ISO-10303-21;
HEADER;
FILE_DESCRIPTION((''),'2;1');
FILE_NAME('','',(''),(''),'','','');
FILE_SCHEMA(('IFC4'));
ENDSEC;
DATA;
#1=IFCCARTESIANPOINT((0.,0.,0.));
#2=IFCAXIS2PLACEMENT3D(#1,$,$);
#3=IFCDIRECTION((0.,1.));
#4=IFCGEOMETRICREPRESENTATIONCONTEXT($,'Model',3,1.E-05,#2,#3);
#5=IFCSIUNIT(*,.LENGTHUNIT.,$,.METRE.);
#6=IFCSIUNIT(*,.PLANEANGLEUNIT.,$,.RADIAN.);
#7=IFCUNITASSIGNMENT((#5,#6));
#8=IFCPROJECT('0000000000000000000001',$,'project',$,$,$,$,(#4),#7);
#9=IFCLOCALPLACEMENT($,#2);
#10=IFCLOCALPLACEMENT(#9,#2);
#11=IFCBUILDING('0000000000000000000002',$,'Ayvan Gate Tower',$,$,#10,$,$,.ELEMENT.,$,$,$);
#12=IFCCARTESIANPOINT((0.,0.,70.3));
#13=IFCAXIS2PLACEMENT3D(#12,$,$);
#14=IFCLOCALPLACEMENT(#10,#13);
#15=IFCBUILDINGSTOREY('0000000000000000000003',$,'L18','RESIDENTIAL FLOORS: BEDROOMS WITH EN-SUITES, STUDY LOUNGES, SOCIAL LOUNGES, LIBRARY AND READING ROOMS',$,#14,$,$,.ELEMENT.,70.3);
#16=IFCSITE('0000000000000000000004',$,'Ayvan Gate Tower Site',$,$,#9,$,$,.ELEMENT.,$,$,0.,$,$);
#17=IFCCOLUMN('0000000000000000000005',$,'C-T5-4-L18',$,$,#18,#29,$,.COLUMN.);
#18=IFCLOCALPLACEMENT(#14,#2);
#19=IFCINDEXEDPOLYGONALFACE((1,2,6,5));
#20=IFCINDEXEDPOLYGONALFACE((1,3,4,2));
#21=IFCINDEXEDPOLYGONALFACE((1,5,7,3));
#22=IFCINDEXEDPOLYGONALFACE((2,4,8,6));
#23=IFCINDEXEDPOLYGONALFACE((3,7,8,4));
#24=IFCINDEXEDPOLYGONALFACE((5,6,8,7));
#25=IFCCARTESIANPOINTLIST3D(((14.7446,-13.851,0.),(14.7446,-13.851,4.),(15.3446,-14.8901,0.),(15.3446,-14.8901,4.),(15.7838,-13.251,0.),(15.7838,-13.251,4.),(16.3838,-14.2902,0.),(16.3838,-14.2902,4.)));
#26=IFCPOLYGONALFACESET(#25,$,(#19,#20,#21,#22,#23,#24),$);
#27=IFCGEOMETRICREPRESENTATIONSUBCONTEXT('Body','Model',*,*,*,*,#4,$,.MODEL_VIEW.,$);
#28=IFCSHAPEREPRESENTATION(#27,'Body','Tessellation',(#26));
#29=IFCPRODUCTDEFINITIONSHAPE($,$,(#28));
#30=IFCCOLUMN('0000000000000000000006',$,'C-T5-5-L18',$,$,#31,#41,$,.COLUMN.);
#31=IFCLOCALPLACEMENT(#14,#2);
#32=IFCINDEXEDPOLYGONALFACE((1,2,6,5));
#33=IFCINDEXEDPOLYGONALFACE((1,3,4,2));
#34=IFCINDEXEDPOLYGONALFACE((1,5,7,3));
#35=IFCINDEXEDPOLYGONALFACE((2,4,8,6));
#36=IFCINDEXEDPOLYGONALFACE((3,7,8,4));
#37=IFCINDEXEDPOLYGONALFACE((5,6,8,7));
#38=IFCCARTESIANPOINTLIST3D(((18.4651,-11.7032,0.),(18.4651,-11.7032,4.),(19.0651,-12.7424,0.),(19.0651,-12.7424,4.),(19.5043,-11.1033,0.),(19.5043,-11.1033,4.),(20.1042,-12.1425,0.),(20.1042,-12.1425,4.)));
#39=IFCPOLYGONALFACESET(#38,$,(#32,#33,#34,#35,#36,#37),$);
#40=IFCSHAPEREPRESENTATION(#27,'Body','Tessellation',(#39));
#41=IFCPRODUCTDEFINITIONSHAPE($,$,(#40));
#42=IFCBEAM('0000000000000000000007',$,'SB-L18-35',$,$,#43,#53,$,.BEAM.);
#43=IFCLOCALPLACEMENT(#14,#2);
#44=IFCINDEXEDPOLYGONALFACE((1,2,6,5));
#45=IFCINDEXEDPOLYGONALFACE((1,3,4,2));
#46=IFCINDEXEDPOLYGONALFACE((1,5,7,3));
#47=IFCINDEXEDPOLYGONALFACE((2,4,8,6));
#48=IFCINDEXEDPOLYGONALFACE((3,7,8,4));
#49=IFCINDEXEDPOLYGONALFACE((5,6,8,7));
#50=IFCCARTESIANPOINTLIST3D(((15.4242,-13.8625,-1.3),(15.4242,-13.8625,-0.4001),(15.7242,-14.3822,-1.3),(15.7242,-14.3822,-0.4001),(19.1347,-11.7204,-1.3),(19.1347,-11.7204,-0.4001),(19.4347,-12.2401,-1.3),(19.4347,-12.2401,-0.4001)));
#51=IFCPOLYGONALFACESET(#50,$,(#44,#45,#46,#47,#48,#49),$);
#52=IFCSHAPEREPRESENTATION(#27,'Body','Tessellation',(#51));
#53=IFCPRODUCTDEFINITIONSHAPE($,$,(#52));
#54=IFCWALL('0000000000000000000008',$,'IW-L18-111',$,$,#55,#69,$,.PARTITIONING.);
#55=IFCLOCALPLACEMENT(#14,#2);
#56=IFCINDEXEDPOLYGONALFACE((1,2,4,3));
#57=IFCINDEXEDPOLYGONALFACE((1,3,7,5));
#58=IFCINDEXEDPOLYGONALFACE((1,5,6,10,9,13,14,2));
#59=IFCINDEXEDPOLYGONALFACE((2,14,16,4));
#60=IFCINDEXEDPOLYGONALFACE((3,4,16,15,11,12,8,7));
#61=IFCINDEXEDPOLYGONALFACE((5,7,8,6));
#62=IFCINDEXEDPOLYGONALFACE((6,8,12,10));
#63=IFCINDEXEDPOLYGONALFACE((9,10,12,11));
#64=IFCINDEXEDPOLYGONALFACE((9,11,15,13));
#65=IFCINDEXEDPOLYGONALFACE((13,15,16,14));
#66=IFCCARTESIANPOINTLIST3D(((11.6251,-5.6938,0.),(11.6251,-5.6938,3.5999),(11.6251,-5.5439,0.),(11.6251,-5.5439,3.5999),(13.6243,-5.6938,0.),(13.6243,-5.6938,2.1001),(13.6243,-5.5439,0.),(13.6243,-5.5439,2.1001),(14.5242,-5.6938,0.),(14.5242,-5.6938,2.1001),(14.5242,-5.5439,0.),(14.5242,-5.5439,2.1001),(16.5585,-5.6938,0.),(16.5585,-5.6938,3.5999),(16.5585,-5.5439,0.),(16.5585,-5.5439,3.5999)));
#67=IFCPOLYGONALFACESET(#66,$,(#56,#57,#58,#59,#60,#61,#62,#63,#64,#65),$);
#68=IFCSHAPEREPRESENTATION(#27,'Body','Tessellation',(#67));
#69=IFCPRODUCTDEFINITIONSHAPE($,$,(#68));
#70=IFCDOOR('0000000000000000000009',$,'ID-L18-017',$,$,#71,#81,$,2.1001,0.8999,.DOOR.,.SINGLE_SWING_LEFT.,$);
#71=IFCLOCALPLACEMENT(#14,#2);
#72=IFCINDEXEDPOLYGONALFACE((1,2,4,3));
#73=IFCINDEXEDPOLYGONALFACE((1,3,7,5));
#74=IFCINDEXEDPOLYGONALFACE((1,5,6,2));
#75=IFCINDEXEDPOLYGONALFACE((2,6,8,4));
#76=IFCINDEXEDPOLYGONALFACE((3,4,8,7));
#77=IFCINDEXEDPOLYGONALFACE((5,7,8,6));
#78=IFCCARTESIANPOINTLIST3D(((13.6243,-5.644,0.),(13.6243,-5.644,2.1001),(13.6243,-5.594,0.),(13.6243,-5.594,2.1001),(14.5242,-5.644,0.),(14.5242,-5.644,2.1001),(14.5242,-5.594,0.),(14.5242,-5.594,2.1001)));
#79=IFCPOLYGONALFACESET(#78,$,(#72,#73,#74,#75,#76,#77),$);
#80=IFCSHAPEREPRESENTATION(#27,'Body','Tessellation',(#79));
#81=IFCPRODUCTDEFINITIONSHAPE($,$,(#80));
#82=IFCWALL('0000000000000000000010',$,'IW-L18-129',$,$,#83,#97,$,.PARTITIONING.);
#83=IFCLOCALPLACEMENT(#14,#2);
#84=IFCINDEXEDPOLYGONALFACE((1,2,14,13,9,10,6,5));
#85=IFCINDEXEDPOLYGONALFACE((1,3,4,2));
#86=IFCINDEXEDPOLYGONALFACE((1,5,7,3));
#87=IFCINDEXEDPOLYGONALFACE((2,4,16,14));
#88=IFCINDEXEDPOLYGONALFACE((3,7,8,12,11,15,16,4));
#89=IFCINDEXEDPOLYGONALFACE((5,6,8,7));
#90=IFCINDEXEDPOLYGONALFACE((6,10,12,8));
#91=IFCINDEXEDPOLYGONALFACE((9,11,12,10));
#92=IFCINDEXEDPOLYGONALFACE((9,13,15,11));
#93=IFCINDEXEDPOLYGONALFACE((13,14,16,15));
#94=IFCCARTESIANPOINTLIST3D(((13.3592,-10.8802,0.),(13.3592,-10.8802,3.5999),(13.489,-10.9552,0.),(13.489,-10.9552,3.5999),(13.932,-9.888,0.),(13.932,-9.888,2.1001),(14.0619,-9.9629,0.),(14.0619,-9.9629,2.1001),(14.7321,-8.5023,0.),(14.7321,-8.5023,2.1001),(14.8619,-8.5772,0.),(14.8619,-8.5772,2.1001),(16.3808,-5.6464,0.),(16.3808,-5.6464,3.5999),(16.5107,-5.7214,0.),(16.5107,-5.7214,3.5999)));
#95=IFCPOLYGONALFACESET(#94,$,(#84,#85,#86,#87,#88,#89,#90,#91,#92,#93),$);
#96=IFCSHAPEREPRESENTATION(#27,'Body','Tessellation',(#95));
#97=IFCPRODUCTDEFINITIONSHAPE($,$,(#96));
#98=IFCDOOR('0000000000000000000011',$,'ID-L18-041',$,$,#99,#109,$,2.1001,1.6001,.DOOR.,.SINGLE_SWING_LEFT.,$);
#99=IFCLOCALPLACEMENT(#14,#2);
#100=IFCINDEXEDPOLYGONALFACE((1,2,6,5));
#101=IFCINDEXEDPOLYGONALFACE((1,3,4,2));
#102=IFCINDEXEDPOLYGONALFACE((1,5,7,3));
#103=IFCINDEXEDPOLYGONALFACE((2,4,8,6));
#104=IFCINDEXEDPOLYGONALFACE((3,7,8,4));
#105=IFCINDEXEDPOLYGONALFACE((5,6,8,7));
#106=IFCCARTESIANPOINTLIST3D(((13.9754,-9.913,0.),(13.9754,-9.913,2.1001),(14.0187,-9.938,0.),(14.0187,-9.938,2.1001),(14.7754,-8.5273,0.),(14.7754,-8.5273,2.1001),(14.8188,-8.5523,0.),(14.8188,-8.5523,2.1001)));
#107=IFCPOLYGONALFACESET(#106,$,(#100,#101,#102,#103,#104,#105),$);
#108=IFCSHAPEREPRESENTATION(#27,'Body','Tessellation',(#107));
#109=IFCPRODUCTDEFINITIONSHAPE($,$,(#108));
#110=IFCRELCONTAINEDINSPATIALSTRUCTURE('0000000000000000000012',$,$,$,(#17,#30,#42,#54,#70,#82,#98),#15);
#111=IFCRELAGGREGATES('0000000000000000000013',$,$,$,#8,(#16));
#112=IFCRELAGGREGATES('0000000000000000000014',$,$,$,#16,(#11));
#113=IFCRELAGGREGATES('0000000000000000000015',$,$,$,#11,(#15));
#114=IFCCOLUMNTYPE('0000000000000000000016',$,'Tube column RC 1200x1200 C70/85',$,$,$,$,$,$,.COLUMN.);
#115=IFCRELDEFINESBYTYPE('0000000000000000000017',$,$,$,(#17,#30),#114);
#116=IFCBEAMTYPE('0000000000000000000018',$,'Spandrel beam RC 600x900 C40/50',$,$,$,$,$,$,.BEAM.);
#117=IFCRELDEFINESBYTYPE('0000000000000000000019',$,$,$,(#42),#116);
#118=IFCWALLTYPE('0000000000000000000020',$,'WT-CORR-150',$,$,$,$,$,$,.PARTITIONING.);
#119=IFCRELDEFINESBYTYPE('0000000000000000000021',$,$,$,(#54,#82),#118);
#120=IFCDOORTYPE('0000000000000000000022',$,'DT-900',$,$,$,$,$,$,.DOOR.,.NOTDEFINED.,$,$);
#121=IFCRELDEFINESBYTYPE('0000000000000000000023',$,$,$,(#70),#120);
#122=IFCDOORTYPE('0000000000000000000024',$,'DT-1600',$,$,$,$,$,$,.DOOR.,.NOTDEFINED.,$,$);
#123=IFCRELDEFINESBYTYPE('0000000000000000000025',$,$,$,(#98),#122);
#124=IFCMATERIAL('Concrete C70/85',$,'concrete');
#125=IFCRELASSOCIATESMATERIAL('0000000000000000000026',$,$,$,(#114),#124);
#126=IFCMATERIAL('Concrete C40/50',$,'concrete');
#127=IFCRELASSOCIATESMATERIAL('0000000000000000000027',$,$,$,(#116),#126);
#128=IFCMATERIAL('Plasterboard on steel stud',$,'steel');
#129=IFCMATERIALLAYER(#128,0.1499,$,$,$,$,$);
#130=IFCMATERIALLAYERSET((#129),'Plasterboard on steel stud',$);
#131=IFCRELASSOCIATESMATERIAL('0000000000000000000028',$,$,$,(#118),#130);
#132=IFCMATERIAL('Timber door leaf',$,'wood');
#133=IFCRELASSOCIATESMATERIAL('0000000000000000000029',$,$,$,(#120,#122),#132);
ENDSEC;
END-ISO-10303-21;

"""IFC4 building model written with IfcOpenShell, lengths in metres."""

from ifc_helpers import new_model, si_unit, direction, frame, frame_2d, origin, origin_2d, place, context, subcontext, project, spatial, rectangle, extrude, material, layer, layer_set, material_profile, profile_set, type_object, element, fill, save


model = new_model("IFC4")

# Units and contexts
model_context = context("Model", 3, precision=1e-05, world=origin(), true_north=direction((0.0, 1.0)))
body_context = subcontext(model_context, "Body", "Model", "MODEL_VIEW")
ifc_project = project(units=[si_unit("LENGTHUNIT", "METRE"), si_unit("PLANEANGLEUNIT", "RADIAN")], contexts=[model_context])

# Site, building, storey
site_placement = place(None, origin())
site = spatial("IfcSite", under=ifc_project, at=site_placement, Name="Ayvan Gate Tower Site", CompositionType="ELEMENT", RefElevation=0.0)
building_placement = place(site_placement, origin())
building = spatial("IfcBuilding", under=site, at=building_placement, Name="Ayvan Gate Tower", CompositionType="ELEMENT")
storey_placement = place(building_placement, frame((0.0, 0.0, 70.3)))
storey = spatial("IfcBuildingStorey", under=building, at=storey_placement, Name="L18", Description="RESIDENTIAL FLOORS: BEDROOMS WITH EN-SUITES, STUDY LOUNGES, SOCIAL LOUNGES, LIBRARY AND READING ROOMS", CompositionType="ELEMENT", Elevation=70.3)

# Columns
ifc_material_1 = material(Name="Concrete C70/85", Category="concrete")
ifc_material_profile_1 = material_profile(ifc_material_1, rectangle(XDim=1.2, YDim=1.2, at=origin_2d()), Name="RC 1200x1200")
ifc_profile_set_1 = profile_set([ifc_material_profile_1], Name="Concrete C70/85")
column_type = type_object("IfcColumnType", Name="Tube column RC 1200x1200 C70/85", PredefinedType="COLUMN", material=ifc_profile_set_1)
for number, where, z_axis, x_axis, name in (
    (1, (15.5642, -14.0706, 0.0), (0.0, 0.0, 1.0), (0.5, -0.866025, 0.0), "C-T5-4-L18"),
    (2, (19.2847, -11.9229, 0.0), (0.0, 0.0, 1.0), (0.5, -0.866025, 0.0), "C-T5-5-L18"),
):
    element("IfcColumn", number, at=place(storey_placement, frame(where, z_axis=z_axis, x_axis=x_axis)), inside=storey, type_object=column_type, Name=name, PredefinedType="COLUMN", context=body_context, shape_type="SweptSolid", body=[
        extrude(rectangle(XDim=1.2, YDim=1.2, at=origin_2d()), origin(), (0.0, 0.0, 1.0), 4.0),
    ])

# Beam
ifc_material_2 = material(Name="Concrete C40/50", Category="concrete")
ifc_material_profile_2 = material_profile(ifc_material_2, rectangle(XDim=0.6001, YDim=0.8999, at=origin_2d()), Name="RC 600x900")
ifc_profile_set_2 = profile_set([ifc_material_profile_2], Name="Concrete C40/50")
beam_type = type_object("IfcBeamType", Name="Spandrel beam RC 600x900 C40/50", PredefinedType="BEAM", material=ifc_profile_set_2)
beam_placement = place(storey_placement, frame((15.5742, -14.1223, -0.8501), z_axis=(0.866039, 0.499976, 0.0), x_axis=(-0.499976, 0.866039, 0.0)))
element("IfcBeam", 3, at=beam_placement, inside=storey, type_object=beam_type, Name="SB-L18-35", PredefinedType="BEAM", context=body_context, shape_type="SweptSolid", body=[
    extrude(rectangle(XDim=0.6001, YDim=0.8999, at=origin_2d()), origin(), (0.0, 0.0, 1.0), 4.2844),
])

# Walls, openings, doors
ifc_material_3 = material(Name="Plasterboard on steel stud", Category="steel")
ifc_layer_1 = layer(ifc_material_3, 0.1499)
ifc_layer_set_1 = layer_set([ifc_layer_1], Name="Plasterboard on steel stud")
wall_type_1 = type_object("IfcWallType", Name="WT-CORR-150", PredefinedType="PARTITIONING", material=ifc_layer_set_1)
wall_1_placement = place(storey_placement, frame((11.625, -5.6189, 0.0), z_axis=(0.0, 0.0, 1.0), x_axis=(1.0, 0.0, 0.0)))
wall_1 = element("IfcWall", 4, at=wall_1_placement, inside=storey, type_object=wall_type_1, Name="IW-L18-111", PredefinedType="PARTITIONING", context=body_context, shape_type="SweptSolid", body=[
    extrude(rectangle(XDim=4.9333, YDim=0.1499, at=frame_2d((2.4668, 0.0))), origin(), (0.0, 0.0, 1.0), 3.5999),
])
opening_1_placement = place(wall_1_placement, frame((1.9993, 0.0, 0.0)))
opening_1 = element("IfcOpeningElement", 5, at=opening_1_placement, cuts=wall_1, PredefinedType="OPENING", context=body_context, shape_type="SweptSolid", body=[
    extrude(rectangle(XDim=0.8999, YDim=2.1001, at=frame_2d((0.45, 1.05))), frame((0.0, 0.085, 0.0), z_axis=(0.0, -1.0, 0.0), x_axis=(1.0, 0.0, 0.0)), (0.0, 0.0, 1.0), 0.1699),
])
ifc_material_4 = material(Name="Timber door leaf", Category="wood")
door_type_1 = type_object("IfcDoorType", Name="DT-900", OperationType="NOTDEFINED", PredefinedType="DOOR", material=ifc_material_4)
door_1_placement = place(opening_1_placement, origin())
door_1 = element("IfcDoor", 6, at=door_1_placement, inside=storey, type_object=door_type_1, Name="ID-L18-017", OperationType="SINGLE_SWING_LEFT", OverallHeight=2.1001, OverallWidth=0.8999, PredefinedType="DOOR", context=body_context, shape_type="SweptSolid", body=[
    extrude(rectangle(XDim=0.8999, YDim=2.1001, at=frame_2d((0.45, 1.05))), frame((0.0, 0.0249, 0.0), z_axis=(0.0, -1.0, 0.0), x_axis=(1.0, 0.0, 0.0)), (0.0, 0.0, 1.0), 0.05),
])
fill(opening_1, door_1)
wall_2_placement = place(storey_placement, frame((13.4241, -10.9177, 0.0), z_axis=(0.0, 0.0, 1.0), x_axis=(0.499993, 0.86603, 0.0)))
wall_2 = element("IfcWall", 7, at=wall_2_placement, inside=storey, type_object=wall_type_1, Name="IW-L18-129", PredefinedType="PARTITIONING", context=body_context, shape_type="SweptSolid", body=[
    extrude(rectangle(XDim=6.0435, YDim=0.1499, at=frame_2d((3.0217, 0.0))), origin(), (0.0, 0.0, 1.0), 3.5999),
])
opening_2_placement = place(wall_2_placement, frame((1.1458, 0.0, 0.0)))
opening_2 = element("IfcOpeningElement", 8, at=opening_2_placement, cuts=wall_2, PredefinedType="OPENING", context=body_context, shape_type="SweptSolid", body=[
    extrude(rectangle(XDim=1.6001, YDim=2.1001, at=frame_2d((0.8, 1.05))), frame((0.0, 0.085, 0.0), z_axis=(0.0, -1.0, 0.0), x_axis=(1.0, 0.0, 0.0)), (0.0, 0.0, 1.0), 0.1699),
])
door_type_2 = type_object("IfcDoorType", Name="DT-1600", OperationType="NOTDEFINED", PredefinedType="DOOR", material=ifc_material_4)
door_2_placement = place(opening_2_placement, origin())
door_2 = element("IfcDoor", 9, at=door_2_placement, inside=storey, type_object=door_type_2, Name="ID-L18-041", OperationType="SINGLE_SWING_LEFT", OverallHeight=2.1001, OverallWidth=1.6001, PredefinedType="DOOR", context=body_context, shape_type="SweptSolid", body=[
    extrude(rectangle(XDim=1.6001, YDim=2.1001, at=frame_2d((0.8, 1.05))), frame((0.0, 0.0249, 0.0), z_axis=(0.0, -1.0, 0.0), x_axis=(1.0, 0.0, 0.0)), (0.0, 0.0, 1.0), 0.05),
])
fill(opening_2, door_2)

save(model, "model.ifc")
